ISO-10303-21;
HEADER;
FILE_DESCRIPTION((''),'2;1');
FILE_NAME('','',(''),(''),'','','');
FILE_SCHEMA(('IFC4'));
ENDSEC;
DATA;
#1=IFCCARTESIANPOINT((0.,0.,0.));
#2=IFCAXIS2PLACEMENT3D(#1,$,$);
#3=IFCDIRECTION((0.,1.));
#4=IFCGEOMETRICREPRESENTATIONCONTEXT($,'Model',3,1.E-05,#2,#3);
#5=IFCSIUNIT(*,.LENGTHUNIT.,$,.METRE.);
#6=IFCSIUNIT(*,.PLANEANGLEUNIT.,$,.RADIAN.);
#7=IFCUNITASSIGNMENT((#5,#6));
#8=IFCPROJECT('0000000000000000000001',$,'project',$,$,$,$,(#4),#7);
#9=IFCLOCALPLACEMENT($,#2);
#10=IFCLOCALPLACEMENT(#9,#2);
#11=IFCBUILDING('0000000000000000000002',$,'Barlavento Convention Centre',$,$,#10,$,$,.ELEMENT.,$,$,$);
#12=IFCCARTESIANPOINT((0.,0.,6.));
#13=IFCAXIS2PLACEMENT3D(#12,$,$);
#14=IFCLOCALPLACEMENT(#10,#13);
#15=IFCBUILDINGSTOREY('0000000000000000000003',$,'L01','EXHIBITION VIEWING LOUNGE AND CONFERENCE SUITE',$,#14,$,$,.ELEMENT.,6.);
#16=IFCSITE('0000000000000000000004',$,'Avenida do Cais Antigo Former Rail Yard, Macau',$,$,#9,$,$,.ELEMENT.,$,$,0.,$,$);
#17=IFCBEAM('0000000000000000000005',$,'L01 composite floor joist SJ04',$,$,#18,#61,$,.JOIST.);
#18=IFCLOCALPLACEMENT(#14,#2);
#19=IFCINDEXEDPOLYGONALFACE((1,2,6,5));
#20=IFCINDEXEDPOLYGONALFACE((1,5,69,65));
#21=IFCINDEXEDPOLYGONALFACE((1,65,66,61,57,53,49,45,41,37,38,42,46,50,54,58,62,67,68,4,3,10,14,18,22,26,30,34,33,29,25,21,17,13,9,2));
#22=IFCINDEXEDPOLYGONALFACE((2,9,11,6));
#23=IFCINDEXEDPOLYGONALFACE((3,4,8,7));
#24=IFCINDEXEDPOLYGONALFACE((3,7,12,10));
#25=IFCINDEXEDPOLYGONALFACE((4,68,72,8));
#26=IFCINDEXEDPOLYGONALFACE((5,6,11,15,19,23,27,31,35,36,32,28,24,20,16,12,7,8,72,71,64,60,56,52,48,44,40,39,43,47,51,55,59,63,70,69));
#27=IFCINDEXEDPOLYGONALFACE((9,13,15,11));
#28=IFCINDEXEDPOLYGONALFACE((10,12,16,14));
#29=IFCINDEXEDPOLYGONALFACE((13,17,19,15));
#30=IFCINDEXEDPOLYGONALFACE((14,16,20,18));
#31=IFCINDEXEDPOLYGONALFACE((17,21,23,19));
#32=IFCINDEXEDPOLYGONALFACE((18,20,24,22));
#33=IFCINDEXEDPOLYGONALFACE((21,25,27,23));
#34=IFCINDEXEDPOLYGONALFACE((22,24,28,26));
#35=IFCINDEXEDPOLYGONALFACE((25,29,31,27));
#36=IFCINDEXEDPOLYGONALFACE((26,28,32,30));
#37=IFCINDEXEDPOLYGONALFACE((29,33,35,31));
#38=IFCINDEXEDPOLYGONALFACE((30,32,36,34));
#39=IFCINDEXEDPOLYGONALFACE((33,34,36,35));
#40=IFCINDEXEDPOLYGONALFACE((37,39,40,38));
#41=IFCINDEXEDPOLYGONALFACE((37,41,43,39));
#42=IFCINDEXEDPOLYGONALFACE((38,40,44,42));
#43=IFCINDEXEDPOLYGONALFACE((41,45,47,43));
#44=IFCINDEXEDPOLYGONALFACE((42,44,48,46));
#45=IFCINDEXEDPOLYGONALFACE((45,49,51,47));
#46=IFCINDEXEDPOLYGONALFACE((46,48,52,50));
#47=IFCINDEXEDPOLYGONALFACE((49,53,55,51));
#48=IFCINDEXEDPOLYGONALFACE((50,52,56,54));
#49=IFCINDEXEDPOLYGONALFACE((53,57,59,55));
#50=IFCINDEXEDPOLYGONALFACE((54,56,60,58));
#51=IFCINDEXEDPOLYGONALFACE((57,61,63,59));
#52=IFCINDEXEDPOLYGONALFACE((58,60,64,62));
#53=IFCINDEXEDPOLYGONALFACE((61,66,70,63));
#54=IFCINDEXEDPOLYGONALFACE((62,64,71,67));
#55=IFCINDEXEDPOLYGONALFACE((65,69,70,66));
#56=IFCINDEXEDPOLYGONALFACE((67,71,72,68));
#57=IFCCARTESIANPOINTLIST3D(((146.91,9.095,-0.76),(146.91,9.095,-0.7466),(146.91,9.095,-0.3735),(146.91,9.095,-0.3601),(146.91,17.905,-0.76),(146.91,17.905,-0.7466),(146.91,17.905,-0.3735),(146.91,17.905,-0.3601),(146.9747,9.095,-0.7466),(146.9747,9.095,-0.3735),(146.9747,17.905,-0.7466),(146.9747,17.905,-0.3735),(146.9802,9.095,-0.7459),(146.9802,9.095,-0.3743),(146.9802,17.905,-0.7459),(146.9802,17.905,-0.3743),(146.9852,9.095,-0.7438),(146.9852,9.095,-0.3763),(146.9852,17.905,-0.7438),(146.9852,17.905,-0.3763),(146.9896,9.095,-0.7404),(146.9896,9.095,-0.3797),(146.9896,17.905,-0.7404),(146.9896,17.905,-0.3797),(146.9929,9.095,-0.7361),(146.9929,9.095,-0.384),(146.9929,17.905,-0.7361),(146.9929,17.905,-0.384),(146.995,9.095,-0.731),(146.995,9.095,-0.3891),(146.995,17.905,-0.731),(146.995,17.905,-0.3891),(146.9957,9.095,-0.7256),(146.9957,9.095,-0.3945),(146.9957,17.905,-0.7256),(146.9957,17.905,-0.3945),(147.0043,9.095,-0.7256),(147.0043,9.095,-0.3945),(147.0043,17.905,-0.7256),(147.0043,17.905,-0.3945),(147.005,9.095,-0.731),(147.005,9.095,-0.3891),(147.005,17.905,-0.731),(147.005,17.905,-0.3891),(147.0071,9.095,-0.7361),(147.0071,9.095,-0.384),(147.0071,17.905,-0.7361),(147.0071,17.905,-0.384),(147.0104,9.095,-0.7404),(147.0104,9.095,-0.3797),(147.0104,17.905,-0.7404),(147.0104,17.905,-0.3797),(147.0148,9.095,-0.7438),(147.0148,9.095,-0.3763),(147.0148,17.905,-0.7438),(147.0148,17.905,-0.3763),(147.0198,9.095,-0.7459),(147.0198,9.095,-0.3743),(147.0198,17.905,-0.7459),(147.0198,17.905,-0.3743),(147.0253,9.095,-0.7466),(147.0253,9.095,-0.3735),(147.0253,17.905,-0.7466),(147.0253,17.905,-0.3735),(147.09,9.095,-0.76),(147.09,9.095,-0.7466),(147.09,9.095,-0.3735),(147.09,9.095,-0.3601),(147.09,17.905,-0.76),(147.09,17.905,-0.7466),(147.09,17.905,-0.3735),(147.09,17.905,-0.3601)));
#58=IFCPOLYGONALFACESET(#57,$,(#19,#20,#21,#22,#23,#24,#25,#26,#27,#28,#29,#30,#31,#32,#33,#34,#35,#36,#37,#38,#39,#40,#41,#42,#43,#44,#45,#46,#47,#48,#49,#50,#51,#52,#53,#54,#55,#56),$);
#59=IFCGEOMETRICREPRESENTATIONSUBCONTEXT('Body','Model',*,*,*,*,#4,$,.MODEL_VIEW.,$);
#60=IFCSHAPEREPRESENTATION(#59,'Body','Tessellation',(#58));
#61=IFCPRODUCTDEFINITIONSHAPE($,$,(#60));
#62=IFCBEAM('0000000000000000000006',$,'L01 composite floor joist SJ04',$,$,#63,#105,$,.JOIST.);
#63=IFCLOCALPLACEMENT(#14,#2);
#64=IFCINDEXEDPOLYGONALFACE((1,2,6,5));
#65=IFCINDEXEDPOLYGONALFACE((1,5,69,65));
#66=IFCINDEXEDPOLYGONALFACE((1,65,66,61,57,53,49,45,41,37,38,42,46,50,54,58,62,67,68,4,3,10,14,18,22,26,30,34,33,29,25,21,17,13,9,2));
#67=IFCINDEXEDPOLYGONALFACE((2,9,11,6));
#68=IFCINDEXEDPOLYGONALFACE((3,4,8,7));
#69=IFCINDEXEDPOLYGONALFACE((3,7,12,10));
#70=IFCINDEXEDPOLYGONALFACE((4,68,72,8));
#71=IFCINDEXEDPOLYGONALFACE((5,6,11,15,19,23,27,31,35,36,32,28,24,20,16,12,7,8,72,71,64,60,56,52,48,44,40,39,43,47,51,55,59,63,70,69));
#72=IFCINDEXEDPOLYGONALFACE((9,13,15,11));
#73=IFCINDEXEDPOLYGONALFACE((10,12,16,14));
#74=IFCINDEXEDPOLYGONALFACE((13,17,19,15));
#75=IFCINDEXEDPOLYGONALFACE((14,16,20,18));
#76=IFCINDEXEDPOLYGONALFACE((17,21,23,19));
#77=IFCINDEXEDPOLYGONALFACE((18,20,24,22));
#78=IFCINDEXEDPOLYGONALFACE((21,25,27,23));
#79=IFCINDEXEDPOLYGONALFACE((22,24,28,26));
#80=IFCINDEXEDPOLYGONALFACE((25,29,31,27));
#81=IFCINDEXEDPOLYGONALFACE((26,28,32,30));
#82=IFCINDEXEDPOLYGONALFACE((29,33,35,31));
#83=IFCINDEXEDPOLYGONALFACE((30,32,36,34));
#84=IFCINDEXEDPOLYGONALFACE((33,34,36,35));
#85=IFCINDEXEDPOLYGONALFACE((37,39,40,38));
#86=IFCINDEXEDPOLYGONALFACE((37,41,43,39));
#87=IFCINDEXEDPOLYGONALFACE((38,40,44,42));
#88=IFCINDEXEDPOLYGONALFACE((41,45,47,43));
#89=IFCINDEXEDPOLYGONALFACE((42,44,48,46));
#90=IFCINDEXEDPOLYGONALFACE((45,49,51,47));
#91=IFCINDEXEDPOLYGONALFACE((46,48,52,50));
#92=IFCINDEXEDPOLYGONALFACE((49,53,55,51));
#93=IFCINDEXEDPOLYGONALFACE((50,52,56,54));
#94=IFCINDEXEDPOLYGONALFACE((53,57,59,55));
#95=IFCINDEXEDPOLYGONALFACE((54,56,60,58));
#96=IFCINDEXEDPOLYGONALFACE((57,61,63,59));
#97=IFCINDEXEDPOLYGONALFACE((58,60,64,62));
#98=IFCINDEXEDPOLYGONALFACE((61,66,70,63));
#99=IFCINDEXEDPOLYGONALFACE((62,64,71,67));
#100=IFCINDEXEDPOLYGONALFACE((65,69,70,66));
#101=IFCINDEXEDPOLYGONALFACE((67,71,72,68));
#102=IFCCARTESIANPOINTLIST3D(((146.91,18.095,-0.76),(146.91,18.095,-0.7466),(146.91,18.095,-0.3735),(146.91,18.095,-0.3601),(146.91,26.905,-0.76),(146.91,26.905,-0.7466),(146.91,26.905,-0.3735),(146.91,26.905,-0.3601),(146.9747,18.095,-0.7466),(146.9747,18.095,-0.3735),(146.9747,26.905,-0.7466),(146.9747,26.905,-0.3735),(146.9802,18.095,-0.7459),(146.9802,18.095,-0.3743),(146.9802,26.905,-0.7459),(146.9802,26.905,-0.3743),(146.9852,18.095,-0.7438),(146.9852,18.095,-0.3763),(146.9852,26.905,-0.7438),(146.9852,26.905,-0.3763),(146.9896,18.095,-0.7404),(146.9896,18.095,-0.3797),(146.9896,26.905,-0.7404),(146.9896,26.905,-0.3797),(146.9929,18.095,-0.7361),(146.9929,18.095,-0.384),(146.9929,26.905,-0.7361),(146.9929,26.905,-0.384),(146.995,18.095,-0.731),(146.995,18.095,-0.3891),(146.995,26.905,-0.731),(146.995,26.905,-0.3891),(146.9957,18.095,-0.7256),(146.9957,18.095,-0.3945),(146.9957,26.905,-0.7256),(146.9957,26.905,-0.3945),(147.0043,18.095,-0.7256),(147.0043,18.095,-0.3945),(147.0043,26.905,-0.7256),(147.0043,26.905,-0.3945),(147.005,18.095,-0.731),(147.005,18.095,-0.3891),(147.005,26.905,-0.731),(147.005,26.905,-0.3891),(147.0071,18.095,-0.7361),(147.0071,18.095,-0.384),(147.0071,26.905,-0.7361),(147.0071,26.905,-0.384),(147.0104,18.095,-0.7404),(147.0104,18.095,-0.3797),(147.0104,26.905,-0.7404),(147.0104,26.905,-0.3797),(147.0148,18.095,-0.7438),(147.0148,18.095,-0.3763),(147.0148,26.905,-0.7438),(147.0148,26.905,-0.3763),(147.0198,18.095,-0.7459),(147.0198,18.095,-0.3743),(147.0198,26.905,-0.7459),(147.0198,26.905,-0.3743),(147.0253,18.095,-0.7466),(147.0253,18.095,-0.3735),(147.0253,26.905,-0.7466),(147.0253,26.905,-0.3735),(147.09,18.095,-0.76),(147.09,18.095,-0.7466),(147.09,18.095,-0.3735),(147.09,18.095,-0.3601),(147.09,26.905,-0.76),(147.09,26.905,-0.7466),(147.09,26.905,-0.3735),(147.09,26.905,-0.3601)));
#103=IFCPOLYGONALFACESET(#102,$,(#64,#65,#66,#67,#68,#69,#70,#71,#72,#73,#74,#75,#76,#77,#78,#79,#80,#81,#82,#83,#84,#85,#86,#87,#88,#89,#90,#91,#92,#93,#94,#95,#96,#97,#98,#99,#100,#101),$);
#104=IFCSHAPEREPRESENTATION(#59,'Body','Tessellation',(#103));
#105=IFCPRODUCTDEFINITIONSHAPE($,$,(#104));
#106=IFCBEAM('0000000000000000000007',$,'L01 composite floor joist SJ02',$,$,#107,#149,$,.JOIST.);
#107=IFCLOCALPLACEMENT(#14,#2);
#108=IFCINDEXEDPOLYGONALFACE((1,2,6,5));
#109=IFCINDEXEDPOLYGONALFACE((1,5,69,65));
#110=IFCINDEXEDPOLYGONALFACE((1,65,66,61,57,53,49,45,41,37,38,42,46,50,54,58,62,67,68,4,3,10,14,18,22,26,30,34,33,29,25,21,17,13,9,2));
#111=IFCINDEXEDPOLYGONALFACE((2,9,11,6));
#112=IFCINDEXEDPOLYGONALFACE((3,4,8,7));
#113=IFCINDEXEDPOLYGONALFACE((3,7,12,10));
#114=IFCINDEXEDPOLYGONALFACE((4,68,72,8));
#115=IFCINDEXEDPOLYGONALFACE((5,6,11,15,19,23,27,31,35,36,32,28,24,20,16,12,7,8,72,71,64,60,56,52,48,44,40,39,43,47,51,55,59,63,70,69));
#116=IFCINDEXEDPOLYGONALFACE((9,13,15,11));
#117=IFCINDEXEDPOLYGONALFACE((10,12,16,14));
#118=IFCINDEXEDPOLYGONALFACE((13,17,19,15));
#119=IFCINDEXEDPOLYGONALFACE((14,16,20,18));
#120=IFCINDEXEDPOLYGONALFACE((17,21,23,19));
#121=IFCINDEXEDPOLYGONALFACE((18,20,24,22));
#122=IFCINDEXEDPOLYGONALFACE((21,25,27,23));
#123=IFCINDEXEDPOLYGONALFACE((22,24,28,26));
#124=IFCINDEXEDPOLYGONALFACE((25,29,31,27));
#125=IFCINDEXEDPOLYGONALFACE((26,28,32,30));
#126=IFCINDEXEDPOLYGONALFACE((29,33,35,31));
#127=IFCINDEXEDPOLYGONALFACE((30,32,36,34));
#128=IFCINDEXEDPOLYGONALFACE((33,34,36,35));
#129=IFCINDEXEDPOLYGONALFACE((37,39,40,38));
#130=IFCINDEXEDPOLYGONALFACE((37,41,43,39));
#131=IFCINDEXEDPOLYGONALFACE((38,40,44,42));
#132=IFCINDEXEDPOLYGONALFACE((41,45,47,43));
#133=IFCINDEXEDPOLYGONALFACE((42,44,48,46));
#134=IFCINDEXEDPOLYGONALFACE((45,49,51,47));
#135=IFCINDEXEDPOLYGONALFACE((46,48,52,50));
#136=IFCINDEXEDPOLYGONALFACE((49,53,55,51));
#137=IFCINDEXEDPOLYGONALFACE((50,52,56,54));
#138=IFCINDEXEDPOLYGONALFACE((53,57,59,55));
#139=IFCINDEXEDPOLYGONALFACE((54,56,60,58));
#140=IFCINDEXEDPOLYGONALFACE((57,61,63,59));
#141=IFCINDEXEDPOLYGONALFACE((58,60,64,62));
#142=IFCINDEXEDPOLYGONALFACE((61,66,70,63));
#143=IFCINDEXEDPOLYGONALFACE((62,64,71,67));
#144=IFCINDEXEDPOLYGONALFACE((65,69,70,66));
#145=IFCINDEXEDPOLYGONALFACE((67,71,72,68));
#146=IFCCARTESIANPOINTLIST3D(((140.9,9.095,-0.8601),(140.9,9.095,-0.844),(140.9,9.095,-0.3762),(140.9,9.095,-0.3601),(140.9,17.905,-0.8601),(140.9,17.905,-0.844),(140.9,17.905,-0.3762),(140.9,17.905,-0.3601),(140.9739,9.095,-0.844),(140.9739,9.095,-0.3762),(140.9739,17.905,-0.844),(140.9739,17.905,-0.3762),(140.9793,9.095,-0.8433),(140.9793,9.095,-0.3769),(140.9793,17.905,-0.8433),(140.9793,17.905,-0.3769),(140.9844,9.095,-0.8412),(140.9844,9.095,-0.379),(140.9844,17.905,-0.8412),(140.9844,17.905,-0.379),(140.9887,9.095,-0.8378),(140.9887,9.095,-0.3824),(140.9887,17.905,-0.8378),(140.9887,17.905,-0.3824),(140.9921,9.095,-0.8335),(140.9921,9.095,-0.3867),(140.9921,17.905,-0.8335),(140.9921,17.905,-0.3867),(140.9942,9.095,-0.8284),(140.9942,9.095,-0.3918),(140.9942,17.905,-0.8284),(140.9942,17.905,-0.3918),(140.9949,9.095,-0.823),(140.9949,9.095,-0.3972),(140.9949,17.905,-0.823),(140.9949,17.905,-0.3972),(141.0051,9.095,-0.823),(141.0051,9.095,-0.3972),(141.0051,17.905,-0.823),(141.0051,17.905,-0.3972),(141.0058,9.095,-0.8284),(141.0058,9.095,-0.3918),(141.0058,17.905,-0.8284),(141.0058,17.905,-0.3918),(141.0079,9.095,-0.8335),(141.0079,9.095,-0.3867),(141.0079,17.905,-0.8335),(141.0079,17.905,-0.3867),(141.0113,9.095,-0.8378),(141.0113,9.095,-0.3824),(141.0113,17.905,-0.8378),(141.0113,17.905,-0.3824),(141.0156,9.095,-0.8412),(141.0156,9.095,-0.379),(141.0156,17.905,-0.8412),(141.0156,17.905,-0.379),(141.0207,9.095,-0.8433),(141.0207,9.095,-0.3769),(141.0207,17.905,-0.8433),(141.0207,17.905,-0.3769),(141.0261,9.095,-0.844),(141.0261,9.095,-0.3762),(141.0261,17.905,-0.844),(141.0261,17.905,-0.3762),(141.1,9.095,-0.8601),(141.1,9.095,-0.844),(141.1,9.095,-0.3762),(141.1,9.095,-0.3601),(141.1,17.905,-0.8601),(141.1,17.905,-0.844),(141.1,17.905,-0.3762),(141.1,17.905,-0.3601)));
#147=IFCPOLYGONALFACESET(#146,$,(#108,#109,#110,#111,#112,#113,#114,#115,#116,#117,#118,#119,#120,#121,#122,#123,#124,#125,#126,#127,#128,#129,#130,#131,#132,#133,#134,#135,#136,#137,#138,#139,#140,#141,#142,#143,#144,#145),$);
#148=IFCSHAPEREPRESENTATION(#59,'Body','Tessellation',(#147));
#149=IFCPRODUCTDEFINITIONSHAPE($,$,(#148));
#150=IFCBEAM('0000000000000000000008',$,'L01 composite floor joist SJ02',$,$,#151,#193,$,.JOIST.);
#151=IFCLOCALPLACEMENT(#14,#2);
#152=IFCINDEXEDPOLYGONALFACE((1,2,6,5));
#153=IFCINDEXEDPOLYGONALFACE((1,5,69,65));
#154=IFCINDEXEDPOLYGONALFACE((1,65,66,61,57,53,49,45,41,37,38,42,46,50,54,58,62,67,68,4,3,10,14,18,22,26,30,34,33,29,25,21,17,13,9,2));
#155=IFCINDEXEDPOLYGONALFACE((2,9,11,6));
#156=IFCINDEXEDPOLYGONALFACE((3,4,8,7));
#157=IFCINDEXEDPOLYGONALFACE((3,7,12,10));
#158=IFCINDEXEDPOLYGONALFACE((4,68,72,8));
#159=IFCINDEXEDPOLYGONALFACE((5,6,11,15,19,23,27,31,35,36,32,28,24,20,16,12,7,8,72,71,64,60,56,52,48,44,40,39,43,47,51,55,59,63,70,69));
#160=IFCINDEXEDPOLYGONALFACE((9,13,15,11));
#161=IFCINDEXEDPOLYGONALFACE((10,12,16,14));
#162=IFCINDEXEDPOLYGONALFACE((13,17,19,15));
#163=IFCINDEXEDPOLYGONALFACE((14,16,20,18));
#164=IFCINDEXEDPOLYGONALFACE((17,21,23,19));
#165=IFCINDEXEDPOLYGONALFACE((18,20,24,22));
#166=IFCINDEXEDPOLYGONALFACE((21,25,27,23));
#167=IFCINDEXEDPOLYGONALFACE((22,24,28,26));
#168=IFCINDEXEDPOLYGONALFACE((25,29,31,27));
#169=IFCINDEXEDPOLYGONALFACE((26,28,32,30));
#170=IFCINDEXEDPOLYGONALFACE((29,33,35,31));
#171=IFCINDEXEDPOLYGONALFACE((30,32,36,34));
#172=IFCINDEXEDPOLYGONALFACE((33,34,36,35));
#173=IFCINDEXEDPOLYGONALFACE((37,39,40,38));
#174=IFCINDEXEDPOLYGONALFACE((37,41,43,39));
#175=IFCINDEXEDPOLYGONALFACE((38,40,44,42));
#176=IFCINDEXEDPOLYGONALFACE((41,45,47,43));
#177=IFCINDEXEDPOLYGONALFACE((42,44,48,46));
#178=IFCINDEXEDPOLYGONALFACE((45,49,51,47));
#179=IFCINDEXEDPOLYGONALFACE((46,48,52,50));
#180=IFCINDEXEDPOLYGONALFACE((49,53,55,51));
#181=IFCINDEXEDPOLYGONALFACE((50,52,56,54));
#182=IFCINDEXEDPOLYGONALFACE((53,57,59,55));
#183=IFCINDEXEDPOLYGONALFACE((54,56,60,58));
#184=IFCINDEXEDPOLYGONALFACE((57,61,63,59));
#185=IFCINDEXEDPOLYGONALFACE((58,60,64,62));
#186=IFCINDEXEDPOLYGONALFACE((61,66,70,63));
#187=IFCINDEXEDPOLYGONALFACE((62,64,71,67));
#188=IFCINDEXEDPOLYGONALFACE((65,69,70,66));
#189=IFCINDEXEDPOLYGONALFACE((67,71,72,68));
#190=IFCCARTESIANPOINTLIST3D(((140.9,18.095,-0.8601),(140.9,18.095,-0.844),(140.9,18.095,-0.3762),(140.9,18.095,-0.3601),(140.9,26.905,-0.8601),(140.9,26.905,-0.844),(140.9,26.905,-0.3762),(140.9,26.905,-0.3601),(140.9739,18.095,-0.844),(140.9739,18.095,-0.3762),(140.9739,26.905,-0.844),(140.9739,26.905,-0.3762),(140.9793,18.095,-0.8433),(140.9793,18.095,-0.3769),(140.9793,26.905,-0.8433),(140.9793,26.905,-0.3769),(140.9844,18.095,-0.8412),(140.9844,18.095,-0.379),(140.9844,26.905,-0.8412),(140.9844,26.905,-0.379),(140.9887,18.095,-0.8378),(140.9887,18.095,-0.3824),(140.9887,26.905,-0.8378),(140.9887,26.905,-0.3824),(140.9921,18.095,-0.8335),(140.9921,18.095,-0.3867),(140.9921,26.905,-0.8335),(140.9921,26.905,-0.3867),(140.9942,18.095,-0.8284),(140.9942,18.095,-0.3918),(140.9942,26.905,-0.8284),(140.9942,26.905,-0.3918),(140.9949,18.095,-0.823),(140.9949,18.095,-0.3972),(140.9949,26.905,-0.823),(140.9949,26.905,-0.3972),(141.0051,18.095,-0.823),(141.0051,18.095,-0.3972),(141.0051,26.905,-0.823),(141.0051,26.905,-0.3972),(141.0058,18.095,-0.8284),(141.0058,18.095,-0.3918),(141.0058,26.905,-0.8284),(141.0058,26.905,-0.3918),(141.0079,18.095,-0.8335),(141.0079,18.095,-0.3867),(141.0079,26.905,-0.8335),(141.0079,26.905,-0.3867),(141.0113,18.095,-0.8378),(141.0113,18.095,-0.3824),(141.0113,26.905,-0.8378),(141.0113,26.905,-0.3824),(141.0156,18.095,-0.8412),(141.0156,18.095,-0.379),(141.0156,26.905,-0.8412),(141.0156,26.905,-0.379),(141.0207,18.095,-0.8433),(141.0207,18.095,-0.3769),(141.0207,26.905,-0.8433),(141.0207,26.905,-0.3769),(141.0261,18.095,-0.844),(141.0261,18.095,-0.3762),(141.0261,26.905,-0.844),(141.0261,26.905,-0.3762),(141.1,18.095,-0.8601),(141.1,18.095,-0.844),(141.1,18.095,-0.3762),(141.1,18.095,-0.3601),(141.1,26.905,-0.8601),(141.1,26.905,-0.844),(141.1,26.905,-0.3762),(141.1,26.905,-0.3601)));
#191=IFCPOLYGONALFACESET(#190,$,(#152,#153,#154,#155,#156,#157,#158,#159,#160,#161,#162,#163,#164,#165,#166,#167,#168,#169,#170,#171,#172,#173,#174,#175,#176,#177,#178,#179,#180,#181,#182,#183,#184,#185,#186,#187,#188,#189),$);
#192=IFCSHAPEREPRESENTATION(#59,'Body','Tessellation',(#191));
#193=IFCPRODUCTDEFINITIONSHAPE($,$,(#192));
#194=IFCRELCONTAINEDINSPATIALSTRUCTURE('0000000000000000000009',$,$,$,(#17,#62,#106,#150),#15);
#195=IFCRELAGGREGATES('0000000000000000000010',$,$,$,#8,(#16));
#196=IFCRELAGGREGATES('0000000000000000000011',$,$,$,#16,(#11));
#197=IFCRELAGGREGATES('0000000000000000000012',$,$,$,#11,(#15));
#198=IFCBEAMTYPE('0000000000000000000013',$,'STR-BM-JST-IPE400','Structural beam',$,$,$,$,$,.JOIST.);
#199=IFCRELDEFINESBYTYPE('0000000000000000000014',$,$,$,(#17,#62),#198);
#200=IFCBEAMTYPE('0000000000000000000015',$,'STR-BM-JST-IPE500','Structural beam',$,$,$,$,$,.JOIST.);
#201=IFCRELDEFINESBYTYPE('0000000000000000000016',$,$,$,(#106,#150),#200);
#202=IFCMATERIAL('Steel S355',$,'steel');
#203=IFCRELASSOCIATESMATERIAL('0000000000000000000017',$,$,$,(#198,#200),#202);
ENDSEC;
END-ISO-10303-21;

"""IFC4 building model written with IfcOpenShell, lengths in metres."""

from ifc_helpers import new_model, si_unit, direction, frame, origin, origin_2d, place, context, subcontext, project, spatial, i_section, extrude, material, material_profile, profile_set, type_object, element, save


model = new_model("IFC4")

# Units and contexts
model_context = context("Model", 3, precision=1e-05, world=origin(), true_north=direction((0.0, 1.0)))
body_context = subcontext(model_context, "Body", "Model", "MODEL_VIEW")
ifc_project = project(units=[si_unit("LENGTHUNIT", "METRE"), si_unit("PLANEANGLEUNIT", "RADIAN")], contexts=[model_context])

# Site, building, storey
site_placement = place(None, origin())
site = spatial("IfcSite", under=ifc_project, at=site_placement, Name="Avenida do Cais Antigo Former Rail Yard, Macau", CompositionType="ELEMENT", RefElevation=0.0)
building_placement = place(site_placement, origin())
building = spatial("IfcBuilding", under=site, at=building_placement, Name="Barlavento Convention Centre", CompositionType="ELEMENT")
storey_placement = place(building_placement, frame((0.0, 0.0, 6.0)))
storey = spatial("IfcBuildingStorey", under=building, at=storey_placement, Name="L01", Description="EXHIBITION VIEWING LOUNGE AND CONFERENCE SUITE", CompositionType="ELEMENT", Elevation=6.0)

# Shared definitions
ifc_material_1 = material(Name="Steel S355", Category="steel")

# Beams
ifc_material_profile_1 = material_profile(ifc_material_1, i_section(OverallWidth=0.1799, OverallDepth=0.3999, WebThickness=0.0085, FlangeThickness=0.0134, FilletRadius=0.021, at=origin_2d()), Name="IPE 400")
ifc_profile_set_1 = profile_set([ifc_material_profile_1], Name="Steel S355")
beam_type_1 = type_object("IfcBeamType", Name="STR-BM-JST-IPE400", Description="Structural beam", PredefinedType="JOIST", material=ifc_profile_set_1)
for number, where, z_axis, x_axis, name in (
    (1, (147.0, 9.095, -0.5601), (0.0, 1.0, 0.0), (-1.0, 0.0, 0.0), "L01 composite floor joist SJ04"),
    (2, (147.0, 18.095, -0.5601), (0.0, 1.0, 0.0), (-1.0, 0.0, 0.0), "L01 composite floor joist SJ04"),
):
    element("IfcBeam", number, at=place(storey_placement, frame(where, z_axis=z_axis, x_axis=x_axis)), inside=storey, type_object=beam_type_1, Name=name, PredefinedType="JOIST", context=body_context, shape_type="SweptSolid", body=[
        extrude(i_section(OverallWidth=0.1799, OverallDepth=0.3999, WebThickness=0.0085, FlangeThickness=0.0134, FilletRadius=0.021, at=origin_2d()), origin(), (0.0, 0.0, 1.0), 8.8101),
    ])
ifc_material_profile_2 = material_profile(ifc_material_1, i_section(OverallWidth=0.2, OverallDepth=0.5, WebThickness=0.0103, FlangeThickness=0.0161, FilletRadius=0.021, at=origin_2d()), Name="IPE 500")
ifc_profile_set_2 = profile_set([ifc_material_profile_2], Name="Steel S355")
beam_type_2 = type_object("IfcBeamType", Name="STR-BM-JST-IPE500", Description="Structural beam", PredefinedType="JOIST", material=ifc_profile_set_2)
for number, where, z_axis, x_axis, name in (
    (3, (141.0, 9.095, -0.6101), (0.0, 1.0, 0.0), (-1.0, 0.0, 0.0), "L01 composite floor joist SJ02"),
    (4, (141.0, 18.095, -0.6101), (0.0, 1.0, 0.0), (-1.0, 0.0, 0.0), "L01 composite floor joist SJ02"),
):
    element("IfcBeam", number, at=place(storey_placement, frame(where, z_axis=z_axis, x_axis=x_axis)), inside=storey, type_object=beam_type_2, Name=name, PredefinedType="JOIST", context=body_context, shape_type="SweptSolid", body=[
        extrude(i_section(OverallWidth=0.2, OverallDepth=0.5, WebThickness=0.0103, FlangeThickness=0.0161, FilletRadius=0.021, at=origin_2d()), origin(), (0.0, 0.0, 1.0), 8.8101),
    ])

save(model, "model.ifc")
